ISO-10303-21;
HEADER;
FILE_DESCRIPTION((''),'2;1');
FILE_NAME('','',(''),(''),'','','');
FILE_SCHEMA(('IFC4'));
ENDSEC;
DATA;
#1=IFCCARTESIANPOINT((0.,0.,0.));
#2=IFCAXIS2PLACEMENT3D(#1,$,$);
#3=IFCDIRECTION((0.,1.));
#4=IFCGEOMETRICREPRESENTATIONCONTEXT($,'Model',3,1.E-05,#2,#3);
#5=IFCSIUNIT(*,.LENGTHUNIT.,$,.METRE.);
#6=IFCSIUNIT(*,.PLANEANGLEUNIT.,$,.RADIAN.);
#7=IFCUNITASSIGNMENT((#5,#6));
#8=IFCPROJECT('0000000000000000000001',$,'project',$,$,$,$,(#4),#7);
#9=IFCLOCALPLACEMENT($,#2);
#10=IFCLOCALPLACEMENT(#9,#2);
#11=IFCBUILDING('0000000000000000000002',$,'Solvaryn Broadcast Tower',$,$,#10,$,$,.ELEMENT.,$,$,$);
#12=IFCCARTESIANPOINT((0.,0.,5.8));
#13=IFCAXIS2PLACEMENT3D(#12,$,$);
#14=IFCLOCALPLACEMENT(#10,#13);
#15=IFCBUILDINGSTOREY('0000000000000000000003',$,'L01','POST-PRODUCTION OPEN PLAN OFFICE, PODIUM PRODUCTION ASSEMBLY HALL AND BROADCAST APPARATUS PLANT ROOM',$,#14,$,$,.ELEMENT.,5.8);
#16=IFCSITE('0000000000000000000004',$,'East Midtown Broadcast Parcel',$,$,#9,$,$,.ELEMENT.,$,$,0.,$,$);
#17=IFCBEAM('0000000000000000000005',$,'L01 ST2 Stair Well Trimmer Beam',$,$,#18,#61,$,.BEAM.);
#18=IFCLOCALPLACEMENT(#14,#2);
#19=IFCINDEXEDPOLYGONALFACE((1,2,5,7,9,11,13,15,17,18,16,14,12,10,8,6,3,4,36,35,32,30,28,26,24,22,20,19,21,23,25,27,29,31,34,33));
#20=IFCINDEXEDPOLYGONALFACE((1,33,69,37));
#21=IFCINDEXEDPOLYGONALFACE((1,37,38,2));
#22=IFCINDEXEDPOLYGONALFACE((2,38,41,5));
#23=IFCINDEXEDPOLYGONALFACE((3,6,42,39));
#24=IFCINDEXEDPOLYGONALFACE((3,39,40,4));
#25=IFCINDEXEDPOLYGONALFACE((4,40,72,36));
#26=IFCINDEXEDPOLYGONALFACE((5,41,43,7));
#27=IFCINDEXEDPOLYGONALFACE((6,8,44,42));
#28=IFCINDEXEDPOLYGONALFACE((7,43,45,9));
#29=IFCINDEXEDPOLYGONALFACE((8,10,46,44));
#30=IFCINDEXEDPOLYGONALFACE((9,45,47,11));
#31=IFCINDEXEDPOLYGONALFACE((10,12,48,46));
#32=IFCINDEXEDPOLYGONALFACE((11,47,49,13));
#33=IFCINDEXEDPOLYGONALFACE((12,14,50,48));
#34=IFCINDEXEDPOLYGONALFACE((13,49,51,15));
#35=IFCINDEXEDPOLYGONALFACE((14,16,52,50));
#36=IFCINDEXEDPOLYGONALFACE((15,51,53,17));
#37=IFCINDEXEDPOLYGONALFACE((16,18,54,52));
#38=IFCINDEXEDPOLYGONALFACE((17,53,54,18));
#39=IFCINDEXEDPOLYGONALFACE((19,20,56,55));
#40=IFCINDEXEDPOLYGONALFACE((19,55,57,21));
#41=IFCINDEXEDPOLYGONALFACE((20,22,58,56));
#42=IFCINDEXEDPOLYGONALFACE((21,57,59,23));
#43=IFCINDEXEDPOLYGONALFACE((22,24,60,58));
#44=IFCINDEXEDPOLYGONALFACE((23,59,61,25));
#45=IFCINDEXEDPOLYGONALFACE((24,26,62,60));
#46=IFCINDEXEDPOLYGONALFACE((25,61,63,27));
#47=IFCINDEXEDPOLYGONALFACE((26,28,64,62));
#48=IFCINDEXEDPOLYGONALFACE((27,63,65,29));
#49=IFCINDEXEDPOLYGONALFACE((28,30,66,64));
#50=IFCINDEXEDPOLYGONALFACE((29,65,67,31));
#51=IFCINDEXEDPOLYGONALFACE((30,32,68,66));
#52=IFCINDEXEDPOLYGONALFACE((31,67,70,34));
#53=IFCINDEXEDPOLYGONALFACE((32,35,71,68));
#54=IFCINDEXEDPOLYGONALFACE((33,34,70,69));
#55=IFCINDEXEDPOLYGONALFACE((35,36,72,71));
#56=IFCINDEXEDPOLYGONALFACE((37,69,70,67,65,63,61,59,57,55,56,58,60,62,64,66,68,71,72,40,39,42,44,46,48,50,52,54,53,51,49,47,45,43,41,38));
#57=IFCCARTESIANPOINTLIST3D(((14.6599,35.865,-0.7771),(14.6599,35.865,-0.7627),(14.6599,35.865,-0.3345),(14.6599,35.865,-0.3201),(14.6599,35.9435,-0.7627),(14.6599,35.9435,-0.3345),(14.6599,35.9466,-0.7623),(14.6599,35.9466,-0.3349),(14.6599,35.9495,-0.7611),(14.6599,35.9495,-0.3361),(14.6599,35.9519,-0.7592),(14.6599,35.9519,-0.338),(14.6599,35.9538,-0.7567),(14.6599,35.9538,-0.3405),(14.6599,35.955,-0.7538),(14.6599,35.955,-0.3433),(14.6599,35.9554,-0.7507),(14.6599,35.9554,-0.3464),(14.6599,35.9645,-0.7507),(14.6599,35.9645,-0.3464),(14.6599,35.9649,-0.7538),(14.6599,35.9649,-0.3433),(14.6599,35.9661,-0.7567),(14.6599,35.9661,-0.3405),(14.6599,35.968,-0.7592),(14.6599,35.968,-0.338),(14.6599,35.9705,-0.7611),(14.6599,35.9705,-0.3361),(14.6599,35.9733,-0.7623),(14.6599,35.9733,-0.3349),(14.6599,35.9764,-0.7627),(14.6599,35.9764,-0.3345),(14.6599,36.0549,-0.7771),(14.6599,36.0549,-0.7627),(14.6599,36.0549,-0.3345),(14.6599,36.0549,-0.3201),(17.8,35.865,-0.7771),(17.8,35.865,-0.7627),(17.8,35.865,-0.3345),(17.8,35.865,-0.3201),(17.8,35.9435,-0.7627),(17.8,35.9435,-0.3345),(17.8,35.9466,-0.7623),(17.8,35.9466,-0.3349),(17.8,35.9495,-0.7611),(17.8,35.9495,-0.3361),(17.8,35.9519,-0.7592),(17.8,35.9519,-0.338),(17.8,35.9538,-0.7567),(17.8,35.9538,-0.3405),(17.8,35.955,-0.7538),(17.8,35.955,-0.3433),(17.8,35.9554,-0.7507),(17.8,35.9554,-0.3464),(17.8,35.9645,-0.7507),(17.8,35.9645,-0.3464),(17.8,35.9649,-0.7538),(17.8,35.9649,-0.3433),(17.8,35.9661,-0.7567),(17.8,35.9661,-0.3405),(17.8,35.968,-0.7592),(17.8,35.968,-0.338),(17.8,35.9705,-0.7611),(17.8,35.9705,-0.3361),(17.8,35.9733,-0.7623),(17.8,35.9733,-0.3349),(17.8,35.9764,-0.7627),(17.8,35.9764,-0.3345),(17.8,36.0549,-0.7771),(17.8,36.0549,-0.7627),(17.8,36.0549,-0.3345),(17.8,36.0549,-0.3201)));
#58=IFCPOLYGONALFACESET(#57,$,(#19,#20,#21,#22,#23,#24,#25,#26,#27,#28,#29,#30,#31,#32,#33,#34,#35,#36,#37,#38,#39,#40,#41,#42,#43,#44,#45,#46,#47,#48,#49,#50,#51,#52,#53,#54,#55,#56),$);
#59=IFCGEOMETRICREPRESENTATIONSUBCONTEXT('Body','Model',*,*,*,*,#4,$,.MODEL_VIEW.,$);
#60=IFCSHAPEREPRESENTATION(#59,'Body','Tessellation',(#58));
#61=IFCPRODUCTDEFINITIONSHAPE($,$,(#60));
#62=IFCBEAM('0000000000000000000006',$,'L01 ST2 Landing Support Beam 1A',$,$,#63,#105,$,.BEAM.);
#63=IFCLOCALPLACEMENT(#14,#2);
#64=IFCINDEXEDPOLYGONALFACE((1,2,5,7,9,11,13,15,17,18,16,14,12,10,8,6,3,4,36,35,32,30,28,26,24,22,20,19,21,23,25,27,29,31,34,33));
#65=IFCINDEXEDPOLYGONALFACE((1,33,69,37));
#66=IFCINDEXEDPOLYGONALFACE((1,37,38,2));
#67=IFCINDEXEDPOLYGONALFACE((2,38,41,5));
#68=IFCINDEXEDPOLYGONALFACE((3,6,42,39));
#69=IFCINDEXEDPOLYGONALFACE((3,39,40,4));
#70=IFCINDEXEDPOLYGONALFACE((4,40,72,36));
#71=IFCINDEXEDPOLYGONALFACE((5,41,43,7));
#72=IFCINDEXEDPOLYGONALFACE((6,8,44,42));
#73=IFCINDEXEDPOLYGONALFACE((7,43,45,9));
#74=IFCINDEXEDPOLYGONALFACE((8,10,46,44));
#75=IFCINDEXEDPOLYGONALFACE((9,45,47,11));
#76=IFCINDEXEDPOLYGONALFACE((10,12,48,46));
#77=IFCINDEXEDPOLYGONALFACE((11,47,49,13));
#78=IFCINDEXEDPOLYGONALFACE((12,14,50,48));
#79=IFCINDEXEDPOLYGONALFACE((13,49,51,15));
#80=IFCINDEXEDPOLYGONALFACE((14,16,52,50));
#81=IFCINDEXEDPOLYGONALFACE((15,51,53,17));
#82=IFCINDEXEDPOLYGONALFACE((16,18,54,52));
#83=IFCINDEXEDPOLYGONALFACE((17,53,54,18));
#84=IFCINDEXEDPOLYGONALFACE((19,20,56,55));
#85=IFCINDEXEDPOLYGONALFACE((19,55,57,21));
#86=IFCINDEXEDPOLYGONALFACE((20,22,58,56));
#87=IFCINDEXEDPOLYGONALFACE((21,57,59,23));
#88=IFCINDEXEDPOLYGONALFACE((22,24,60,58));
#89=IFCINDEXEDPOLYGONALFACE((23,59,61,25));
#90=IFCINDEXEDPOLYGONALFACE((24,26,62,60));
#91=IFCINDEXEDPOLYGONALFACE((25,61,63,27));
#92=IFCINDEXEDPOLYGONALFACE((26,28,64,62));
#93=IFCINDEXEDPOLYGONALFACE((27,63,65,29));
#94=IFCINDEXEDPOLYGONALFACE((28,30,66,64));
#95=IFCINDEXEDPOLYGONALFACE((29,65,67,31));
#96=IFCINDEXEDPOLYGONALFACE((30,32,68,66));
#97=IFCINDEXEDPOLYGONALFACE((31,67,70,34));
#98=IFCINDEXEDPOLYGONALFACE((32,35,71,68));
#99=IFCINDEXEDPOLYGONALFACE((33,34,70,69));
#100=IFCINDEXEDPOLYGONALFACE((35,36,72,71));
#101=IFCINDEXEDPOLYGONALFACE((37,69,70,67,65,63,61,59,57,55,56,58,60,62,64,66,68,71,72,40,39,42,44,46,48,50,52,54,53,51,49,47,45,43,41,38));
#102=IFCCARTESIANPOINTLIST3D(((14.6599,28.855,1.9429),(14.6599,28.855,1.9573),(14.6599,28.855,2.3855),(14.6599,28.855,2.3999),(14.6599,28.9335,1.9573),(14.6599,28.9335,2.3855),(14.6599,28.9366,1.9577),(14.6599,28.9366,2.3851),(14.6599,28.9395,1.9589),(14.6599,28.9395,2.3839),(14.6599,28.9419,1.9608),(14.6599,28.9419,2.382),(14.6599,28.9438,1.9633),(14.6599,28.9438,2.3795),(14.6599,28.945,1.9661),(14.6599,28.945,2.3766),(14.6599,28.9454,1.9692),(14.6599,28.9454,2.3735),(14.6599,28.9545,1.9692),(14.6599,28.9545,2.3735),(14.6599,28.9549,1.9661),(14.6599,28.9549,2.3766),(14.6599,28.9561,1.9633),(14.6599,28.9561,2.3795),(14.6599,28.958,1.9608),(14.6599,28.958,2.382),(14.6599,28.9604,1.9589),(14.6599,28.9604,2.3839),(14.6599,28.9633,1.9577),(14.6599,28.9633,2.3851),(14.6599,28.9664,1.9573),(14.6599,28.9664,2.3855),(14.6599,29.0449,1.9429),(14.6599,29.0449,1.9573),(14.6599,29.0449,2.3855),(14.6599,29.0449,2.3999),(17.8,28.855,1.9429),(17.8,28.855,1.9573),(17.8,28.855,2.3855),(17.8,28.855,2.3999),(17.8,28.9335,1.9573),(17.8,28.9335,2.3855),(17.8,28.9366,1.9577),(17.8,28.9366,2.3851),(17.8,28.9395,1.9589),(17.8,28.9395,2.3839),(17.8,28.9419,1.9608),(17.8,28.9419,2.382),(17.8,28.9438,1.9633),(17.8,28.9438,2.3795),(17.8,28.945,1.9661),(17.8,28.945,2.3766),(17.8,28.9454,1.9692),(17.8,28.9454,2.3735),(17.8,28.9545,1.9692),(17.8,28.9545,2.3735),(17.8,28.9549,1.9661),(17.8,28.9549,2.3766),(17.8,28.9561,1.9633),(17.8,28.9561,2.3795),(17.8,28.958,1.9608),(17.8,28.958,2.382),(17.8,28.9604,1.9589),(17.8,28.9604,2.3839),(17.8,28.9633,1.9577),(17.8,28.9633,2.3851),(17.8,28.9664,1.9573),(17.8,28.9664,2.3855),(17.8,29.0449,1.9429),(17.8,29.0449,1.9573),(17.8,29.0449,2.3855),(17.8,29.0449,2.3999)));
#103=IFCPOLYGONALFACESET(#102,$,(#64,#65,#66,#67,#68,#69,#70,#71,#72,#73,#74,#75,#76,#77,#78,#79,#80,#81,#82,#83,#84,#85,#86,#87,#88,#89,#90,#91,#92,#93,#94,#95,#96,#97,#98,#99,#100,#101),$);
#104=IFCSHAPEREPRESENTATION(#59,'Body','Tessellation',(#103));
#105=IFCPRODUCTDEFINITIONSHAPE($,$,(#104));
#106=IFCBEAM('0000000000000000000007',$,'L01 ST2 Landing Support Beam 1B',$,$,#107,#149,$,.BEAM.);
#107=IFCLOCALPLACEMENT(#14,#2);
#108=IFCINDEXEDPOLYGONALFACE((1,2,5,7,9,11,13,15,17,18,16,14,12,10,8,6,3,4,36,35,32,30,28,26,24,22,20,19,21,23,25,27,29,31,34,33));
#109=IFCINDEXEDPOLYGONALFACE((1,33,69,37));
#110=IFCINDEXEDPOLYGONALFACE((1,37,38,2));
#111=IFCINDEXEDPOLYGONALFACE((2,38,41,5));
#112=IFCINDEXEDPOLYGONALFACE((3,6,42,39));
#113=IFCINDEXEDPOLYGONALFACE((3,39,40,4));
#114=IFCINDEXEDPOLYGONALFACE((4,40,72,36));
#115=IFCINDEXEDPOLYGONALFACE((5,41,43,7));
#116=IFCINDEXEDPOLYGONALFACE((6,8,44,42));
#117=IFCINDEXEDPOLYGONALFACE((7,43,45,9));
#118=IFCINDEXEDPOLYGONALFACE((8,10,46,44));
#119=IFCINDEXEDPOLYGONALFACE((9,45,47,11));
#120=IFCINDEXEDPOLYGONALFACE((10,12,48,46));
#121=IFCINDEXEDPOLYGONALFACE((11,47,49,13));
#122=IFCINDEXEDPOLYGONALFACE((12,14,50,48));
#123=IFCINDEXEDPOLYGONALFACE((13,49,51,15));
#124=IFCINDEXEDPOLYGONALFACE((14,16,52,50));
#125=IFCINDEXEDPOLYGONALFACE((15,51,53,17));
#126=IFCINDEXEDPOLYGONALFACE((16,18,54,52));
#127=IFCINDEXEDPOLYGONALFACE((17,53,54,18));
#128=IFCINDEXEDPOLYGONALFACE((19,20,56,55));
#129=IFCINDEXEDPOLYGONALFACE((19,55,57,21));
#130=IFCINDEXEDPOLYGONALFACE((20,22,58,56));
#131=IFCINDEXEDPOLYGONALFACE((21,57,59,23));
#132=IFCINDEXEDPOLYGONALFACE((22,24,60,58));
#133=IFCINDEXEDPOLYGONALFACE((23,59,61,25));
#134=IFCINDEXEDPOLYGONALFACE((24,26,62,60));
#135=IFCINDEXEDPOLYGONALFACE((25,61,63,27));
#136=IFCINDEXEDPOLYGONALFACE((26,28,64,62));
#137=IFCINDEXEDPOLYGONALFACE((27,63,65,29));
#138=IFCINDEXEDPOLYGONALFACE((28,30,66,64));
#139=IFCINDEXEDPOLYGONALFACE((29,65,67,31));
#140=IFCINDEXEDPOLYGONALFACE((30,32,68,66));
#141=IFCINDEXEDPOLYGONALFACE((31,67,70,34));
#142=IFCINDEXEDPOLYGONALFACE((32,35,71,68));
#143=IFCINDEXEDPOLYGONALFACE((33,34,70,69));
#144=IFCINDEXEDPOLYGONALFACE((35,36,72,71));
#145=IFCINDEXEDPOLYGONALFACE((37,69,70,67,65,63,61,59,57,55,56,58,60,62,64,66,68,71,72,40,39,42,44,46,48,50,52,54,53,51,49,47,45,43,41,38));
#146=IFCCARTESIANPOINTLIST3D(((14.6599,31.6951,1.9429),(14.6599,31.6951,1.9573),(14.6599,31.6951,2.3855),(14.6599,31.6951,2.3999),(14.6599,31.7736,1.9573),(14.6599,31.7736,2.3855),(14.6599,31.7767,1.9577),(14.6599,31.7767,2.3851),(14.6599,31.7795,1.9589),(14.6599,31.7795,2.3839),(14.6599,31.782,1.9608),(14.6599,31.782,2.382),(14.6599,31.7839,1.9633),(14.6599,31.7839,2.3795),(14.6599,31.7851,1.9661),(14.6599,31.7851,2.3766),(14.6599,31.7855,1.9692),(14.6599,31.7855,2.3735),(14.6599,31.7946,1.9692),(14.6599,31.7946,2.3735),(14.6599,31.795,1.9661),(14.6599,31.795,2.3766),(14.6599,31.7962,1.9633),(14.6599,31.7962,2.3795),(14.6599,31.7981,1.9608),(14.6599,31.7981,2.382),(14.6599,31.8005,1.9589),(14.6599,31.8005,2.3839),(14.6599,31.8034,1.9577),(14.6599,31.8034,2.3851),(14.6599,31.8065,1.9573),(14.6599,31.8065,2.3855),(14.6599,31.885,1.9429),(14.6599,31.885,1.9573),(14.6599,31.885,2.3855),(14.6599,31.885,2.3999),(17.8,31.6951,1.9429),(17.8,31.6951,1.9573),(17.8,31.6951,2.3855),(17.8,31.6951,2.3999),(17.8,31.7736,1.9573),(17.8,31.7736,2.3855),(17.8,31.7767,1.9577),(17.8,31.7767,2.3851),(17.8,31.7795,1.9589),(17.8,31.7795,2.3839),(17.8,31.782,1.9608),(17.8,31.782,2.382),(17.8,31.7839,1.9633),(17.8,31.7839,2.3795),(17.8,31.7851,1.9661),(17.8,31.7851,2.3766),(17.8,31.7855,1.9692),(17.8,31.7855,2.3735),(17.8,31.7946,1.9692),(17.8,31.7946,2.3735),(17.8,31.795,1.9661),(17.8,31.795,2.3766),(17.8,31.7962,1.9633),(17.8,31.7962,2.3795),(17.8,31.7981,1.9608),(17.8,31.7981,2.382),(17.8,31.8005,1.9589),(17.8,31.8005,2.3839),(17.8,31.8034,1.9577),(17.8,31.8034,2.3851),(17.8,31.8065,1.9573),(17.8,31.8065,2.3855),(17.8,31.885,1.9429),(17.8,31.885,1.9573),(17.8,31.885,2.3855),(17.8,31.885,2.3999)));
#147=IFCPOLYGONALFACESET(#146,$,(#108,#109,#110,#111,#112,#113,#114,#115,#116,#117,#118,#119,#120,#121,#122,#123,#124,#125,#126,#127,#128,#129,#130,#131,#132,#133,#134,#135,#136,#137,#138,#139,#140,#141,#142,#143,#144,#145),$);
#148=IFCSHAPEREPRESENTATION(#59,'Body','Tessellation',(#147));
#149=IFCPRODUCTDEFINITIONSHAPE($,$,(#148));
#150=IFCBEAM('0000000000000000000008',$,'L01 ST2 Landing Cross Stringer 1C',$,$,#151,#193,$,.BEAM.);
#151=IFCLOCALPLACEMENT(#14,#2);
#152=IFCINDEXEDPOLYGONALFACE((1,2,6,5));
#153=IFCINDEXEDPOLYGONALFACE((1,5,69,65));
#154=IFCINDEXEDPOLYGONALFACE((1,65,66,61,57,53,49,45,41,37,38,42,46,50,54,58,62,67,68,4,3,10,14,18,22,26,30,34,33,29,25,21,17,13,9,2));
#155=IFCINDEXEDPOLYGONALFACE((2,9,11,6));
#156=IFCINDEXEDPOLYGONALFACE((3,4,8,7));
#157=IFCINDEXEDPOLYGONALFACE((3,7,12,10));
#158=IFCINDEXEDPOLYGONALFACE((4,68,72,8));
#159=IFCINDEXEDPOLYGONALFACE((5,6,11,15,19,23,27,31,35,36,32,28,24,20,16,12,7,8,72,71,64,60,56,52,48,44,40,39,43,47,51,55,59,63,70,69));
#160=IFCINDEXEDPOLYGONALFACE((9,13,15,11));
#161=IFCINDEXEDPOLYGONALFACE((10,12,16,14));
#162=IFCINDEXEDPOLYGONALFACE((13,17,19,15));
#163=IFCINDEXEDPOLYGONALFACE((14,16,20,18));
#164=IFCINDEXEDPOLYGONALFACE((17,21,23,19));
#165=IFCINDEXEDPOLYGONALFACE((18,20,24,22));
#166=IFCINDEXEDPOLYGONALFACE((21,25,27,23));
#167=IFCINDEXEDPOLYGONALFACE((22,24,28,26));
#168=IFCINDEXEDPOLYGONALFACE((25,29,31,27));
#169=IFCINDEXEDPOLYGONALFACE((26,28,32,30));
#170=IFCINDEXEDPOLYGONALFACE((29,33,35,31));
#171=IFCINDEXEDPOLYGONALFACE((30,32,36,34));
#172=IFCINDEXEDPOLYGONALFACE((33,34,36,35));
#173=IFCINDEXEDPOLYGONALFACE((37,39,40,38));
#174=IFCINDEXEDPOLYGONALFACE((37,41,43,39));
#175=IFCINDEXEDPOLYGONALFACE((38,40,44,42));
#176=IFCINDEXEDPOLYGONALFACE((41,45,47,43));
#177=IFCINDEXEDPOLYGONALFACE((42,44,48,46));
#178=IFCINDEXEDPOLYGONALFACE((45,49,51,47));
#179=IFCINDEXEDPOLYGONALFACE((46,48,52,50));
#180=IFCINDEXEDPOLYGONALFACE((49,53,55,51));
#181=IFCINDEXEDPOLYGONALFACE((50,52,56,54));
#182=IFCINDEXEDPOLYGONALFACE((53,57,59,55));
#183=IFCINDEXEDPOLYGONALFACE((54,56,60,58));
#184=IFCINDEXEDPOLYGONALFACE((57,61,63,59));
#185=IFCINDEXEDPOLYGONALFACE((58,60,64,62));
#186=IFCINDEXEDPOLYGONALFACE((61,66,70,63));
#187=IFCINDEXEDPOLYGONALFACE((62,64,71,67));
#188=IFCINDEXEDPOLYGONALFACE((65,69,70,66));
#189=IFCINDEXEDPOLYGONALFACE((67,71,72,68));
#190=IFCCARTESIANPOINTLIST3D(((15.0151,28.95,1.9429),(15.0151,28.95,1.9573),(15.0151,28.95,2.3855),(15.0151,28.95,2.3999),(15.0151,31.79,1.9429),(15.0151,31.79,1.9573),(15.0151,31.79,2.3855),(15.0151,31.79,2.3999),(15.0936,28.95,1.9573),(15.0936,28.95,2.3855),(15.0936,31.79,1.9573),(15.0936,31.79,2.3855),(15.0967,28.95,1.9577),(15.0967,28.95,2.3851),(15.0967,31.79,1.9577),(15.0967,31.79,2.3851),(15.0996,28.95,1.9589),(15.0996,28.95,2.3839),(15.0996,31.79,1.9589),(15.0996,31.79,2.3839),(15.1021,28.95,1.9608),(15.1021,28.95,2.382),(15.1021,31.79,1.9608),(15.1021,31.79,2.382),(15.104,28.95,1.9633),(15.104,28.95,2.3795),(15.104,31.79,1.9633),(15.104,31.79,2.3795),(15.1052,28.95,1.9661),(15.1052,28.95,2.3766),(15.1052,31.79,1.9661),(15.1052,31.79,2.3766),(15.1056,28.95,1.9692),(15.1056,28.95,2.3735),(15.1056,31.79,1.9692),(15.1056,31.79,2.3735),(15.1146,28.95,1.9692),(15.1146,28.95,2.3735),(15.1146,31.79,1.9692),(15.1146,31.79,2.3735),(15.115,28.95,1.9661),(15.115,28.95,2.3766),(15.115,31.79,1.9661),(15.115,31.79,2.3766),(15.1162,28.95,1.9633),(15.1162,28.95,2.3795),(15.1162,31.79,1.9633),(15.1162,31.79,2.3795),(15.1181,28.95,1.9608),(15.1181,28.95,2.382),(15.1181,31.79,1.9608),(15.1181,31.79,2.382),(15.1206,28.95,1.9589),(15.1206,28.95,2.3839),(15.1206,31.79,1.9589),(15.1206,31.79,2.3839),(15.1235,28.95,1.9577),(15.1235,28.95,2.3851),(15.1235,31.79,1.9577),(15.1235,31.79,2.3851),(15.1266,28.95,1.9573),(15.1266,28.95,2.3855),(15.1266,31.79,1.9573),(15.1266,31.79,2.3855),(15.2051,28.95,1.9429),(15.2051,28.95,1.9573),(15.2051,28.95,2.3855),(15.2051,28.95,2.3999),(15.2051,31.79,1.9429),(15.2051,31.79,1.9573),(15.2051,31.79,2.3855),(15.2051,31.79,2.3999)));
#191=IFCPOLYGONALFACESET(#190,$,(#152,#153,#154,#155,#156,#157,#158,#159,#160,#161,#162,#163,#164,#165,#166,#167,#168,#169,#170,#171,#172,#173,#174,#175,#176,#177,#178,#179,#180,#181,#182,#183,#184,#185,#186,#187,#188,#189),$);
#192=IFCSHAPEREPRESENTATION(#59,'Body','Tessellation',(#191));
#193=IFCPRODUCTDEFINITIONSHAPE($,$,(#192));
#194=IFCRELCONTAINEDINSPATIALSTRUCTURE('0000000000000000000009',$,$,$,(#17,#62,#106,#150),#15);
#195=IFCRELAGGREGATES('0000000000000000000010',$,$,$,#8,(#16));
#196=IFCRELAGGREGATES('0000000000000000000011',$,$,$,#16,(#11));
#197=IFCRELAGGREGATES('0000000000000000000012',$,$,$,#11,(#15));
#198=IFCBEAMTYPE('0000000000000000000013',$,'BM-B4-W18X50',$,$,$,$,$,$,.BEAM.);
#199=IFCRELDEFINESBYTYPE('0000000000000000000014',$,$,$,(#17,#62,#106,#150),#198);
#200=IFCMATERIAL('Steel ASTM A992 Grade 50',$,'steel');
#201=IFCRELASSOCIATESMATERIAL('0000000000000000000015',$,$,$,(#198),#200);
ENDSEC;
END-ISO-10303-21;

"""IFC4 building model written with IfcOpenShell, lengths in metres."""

from ifc_helpers import new_model, si_unit, direction, frame, origin, origin_2d, place, context, subcontext, project, spatial, i_section, extrude, material, material_profile, profile_set, type_object, element, save


model = new_model("IFC4")

# Units and contexts
model_context = context("Model", 3, precision=1e-05, world=origin(), true_north=direction((0.0, 1.0)))
body_context = subcontext(model_context, "Body", "Model", "MODEL_VIEW")
ifc_project = project(units=[si_unit("LENGTHUNIT", "METRE"), si_unit("PLANEANGLEUNIT", "RADIAN")], contexts=[model_context])

# Site, building, storey
site_placement = place(None, origin())
site = spatial("IfcSite", under=ifc_project, at=site_placement, Name="East Midtown Broadcast Parcel", CompositionType="ELEMENT", RefElevation=0.0)
building_placement = place(site_placement, origin())
building = spatial("IfcBuilding", under=site, at=building_placement, Name="Solvaryn Broadcast Tower", CompositionType="ELEMENT")
storey_placement = place(building_placement, frame((0.0, 0.0, 5.8)))
storey = spatial("IfcBuildingStorey", under=building, at=storey_placement, Name="L01", Description="POST-PRODUCTION OPEN PLAN OFFICE, PODIUM PRODUCTION ASSEMBLY HALL AND BROADCAST APPARATUS PLANT ROOM", CompositionType="ELEMENT", Elevation=5.8)

# Beams
ifc_material_1 = material(Name="Steel ASTM A992 Grade 50", Category="steel")
ifc_material_profile = material_profile(ifc_material_1, i_section(OverallWidth=0.1899, OverallDepth=0.457, WebThickness=0.009, FlangeThickness=0.0144, FilletRadius=0.012, at=origin_2d()))
ifc_profile_set = profile_set([ifc_material_profile], Name="Steel ASTM A992 Grade 50")
beam_type = type_object("IfcBeamType", Name="BM-B4-W18X50", PredefinedType="BEAM", material=ifc_profile_set)
for number, where, z_axis, x_axis, name in (
    (1, (14.6599, 35.96, -0.5486), (1.0, 0.0, 0.0), (0.0, 1.0, 0.0), "L01 ST2 Stair Well Trimmer Beam"),
    (2, (14.6599, 28.95, 2.1714), (1.0, 0.0, 0.0), (0.0, 1.0, 0.0), "L01 ST2 Landing Support Beam 1A"),
    (3, (14.6599, 31.79, 2.1714), (1.0, 0.0, 0.0), (0.0, 1.0, 0.0), "L01 ST2 Landing Support Beam 1B"),
):
    element("IfcBeam", number, at=place(storey_placement, frame(where, z_axis=z_axis, x_axis=x_axis)), inside=storey, type_object=beam_type, Name=name, PredefinedType="BEAM", context=body_context, shape_type="SweptSolid", body=[
        extrude(i_section(OverallWidth=0.1899, OverallDepth=0.457, WebThickness=0.009, FlangeThickness=0.0144, FilletRadius=0.012, at=origin_2d()), origin(), (0.0, 0.0, 1.0), 3.1401),
    ])
beam_placement = place(storey_placement, frame((15.1101, 28.95, 2.1714), z_axis=(0.0, 1.0, 0.0), x_axis=(-1.0, 0.0, 0.0)))
element("IfcBeam", 4, at=beam_placement, inside=storey, type_object=beam_type, Name="L01 ST2 Landing Cross Stringer 1C", PredefinedType="BEAM", context=body_context, shape_type="SweptSolid", body=[
    extrude(i_section(OverallWidth=0.1899, OverallDepth=0.457, WebThickness=0.009, FlangeThickness=0.0144, FilletRadius=0.012, at=origin_2d()), origin(), (0.0, 0.0, 1.0), 2.8401),
])

save(model, "model.ifc")
